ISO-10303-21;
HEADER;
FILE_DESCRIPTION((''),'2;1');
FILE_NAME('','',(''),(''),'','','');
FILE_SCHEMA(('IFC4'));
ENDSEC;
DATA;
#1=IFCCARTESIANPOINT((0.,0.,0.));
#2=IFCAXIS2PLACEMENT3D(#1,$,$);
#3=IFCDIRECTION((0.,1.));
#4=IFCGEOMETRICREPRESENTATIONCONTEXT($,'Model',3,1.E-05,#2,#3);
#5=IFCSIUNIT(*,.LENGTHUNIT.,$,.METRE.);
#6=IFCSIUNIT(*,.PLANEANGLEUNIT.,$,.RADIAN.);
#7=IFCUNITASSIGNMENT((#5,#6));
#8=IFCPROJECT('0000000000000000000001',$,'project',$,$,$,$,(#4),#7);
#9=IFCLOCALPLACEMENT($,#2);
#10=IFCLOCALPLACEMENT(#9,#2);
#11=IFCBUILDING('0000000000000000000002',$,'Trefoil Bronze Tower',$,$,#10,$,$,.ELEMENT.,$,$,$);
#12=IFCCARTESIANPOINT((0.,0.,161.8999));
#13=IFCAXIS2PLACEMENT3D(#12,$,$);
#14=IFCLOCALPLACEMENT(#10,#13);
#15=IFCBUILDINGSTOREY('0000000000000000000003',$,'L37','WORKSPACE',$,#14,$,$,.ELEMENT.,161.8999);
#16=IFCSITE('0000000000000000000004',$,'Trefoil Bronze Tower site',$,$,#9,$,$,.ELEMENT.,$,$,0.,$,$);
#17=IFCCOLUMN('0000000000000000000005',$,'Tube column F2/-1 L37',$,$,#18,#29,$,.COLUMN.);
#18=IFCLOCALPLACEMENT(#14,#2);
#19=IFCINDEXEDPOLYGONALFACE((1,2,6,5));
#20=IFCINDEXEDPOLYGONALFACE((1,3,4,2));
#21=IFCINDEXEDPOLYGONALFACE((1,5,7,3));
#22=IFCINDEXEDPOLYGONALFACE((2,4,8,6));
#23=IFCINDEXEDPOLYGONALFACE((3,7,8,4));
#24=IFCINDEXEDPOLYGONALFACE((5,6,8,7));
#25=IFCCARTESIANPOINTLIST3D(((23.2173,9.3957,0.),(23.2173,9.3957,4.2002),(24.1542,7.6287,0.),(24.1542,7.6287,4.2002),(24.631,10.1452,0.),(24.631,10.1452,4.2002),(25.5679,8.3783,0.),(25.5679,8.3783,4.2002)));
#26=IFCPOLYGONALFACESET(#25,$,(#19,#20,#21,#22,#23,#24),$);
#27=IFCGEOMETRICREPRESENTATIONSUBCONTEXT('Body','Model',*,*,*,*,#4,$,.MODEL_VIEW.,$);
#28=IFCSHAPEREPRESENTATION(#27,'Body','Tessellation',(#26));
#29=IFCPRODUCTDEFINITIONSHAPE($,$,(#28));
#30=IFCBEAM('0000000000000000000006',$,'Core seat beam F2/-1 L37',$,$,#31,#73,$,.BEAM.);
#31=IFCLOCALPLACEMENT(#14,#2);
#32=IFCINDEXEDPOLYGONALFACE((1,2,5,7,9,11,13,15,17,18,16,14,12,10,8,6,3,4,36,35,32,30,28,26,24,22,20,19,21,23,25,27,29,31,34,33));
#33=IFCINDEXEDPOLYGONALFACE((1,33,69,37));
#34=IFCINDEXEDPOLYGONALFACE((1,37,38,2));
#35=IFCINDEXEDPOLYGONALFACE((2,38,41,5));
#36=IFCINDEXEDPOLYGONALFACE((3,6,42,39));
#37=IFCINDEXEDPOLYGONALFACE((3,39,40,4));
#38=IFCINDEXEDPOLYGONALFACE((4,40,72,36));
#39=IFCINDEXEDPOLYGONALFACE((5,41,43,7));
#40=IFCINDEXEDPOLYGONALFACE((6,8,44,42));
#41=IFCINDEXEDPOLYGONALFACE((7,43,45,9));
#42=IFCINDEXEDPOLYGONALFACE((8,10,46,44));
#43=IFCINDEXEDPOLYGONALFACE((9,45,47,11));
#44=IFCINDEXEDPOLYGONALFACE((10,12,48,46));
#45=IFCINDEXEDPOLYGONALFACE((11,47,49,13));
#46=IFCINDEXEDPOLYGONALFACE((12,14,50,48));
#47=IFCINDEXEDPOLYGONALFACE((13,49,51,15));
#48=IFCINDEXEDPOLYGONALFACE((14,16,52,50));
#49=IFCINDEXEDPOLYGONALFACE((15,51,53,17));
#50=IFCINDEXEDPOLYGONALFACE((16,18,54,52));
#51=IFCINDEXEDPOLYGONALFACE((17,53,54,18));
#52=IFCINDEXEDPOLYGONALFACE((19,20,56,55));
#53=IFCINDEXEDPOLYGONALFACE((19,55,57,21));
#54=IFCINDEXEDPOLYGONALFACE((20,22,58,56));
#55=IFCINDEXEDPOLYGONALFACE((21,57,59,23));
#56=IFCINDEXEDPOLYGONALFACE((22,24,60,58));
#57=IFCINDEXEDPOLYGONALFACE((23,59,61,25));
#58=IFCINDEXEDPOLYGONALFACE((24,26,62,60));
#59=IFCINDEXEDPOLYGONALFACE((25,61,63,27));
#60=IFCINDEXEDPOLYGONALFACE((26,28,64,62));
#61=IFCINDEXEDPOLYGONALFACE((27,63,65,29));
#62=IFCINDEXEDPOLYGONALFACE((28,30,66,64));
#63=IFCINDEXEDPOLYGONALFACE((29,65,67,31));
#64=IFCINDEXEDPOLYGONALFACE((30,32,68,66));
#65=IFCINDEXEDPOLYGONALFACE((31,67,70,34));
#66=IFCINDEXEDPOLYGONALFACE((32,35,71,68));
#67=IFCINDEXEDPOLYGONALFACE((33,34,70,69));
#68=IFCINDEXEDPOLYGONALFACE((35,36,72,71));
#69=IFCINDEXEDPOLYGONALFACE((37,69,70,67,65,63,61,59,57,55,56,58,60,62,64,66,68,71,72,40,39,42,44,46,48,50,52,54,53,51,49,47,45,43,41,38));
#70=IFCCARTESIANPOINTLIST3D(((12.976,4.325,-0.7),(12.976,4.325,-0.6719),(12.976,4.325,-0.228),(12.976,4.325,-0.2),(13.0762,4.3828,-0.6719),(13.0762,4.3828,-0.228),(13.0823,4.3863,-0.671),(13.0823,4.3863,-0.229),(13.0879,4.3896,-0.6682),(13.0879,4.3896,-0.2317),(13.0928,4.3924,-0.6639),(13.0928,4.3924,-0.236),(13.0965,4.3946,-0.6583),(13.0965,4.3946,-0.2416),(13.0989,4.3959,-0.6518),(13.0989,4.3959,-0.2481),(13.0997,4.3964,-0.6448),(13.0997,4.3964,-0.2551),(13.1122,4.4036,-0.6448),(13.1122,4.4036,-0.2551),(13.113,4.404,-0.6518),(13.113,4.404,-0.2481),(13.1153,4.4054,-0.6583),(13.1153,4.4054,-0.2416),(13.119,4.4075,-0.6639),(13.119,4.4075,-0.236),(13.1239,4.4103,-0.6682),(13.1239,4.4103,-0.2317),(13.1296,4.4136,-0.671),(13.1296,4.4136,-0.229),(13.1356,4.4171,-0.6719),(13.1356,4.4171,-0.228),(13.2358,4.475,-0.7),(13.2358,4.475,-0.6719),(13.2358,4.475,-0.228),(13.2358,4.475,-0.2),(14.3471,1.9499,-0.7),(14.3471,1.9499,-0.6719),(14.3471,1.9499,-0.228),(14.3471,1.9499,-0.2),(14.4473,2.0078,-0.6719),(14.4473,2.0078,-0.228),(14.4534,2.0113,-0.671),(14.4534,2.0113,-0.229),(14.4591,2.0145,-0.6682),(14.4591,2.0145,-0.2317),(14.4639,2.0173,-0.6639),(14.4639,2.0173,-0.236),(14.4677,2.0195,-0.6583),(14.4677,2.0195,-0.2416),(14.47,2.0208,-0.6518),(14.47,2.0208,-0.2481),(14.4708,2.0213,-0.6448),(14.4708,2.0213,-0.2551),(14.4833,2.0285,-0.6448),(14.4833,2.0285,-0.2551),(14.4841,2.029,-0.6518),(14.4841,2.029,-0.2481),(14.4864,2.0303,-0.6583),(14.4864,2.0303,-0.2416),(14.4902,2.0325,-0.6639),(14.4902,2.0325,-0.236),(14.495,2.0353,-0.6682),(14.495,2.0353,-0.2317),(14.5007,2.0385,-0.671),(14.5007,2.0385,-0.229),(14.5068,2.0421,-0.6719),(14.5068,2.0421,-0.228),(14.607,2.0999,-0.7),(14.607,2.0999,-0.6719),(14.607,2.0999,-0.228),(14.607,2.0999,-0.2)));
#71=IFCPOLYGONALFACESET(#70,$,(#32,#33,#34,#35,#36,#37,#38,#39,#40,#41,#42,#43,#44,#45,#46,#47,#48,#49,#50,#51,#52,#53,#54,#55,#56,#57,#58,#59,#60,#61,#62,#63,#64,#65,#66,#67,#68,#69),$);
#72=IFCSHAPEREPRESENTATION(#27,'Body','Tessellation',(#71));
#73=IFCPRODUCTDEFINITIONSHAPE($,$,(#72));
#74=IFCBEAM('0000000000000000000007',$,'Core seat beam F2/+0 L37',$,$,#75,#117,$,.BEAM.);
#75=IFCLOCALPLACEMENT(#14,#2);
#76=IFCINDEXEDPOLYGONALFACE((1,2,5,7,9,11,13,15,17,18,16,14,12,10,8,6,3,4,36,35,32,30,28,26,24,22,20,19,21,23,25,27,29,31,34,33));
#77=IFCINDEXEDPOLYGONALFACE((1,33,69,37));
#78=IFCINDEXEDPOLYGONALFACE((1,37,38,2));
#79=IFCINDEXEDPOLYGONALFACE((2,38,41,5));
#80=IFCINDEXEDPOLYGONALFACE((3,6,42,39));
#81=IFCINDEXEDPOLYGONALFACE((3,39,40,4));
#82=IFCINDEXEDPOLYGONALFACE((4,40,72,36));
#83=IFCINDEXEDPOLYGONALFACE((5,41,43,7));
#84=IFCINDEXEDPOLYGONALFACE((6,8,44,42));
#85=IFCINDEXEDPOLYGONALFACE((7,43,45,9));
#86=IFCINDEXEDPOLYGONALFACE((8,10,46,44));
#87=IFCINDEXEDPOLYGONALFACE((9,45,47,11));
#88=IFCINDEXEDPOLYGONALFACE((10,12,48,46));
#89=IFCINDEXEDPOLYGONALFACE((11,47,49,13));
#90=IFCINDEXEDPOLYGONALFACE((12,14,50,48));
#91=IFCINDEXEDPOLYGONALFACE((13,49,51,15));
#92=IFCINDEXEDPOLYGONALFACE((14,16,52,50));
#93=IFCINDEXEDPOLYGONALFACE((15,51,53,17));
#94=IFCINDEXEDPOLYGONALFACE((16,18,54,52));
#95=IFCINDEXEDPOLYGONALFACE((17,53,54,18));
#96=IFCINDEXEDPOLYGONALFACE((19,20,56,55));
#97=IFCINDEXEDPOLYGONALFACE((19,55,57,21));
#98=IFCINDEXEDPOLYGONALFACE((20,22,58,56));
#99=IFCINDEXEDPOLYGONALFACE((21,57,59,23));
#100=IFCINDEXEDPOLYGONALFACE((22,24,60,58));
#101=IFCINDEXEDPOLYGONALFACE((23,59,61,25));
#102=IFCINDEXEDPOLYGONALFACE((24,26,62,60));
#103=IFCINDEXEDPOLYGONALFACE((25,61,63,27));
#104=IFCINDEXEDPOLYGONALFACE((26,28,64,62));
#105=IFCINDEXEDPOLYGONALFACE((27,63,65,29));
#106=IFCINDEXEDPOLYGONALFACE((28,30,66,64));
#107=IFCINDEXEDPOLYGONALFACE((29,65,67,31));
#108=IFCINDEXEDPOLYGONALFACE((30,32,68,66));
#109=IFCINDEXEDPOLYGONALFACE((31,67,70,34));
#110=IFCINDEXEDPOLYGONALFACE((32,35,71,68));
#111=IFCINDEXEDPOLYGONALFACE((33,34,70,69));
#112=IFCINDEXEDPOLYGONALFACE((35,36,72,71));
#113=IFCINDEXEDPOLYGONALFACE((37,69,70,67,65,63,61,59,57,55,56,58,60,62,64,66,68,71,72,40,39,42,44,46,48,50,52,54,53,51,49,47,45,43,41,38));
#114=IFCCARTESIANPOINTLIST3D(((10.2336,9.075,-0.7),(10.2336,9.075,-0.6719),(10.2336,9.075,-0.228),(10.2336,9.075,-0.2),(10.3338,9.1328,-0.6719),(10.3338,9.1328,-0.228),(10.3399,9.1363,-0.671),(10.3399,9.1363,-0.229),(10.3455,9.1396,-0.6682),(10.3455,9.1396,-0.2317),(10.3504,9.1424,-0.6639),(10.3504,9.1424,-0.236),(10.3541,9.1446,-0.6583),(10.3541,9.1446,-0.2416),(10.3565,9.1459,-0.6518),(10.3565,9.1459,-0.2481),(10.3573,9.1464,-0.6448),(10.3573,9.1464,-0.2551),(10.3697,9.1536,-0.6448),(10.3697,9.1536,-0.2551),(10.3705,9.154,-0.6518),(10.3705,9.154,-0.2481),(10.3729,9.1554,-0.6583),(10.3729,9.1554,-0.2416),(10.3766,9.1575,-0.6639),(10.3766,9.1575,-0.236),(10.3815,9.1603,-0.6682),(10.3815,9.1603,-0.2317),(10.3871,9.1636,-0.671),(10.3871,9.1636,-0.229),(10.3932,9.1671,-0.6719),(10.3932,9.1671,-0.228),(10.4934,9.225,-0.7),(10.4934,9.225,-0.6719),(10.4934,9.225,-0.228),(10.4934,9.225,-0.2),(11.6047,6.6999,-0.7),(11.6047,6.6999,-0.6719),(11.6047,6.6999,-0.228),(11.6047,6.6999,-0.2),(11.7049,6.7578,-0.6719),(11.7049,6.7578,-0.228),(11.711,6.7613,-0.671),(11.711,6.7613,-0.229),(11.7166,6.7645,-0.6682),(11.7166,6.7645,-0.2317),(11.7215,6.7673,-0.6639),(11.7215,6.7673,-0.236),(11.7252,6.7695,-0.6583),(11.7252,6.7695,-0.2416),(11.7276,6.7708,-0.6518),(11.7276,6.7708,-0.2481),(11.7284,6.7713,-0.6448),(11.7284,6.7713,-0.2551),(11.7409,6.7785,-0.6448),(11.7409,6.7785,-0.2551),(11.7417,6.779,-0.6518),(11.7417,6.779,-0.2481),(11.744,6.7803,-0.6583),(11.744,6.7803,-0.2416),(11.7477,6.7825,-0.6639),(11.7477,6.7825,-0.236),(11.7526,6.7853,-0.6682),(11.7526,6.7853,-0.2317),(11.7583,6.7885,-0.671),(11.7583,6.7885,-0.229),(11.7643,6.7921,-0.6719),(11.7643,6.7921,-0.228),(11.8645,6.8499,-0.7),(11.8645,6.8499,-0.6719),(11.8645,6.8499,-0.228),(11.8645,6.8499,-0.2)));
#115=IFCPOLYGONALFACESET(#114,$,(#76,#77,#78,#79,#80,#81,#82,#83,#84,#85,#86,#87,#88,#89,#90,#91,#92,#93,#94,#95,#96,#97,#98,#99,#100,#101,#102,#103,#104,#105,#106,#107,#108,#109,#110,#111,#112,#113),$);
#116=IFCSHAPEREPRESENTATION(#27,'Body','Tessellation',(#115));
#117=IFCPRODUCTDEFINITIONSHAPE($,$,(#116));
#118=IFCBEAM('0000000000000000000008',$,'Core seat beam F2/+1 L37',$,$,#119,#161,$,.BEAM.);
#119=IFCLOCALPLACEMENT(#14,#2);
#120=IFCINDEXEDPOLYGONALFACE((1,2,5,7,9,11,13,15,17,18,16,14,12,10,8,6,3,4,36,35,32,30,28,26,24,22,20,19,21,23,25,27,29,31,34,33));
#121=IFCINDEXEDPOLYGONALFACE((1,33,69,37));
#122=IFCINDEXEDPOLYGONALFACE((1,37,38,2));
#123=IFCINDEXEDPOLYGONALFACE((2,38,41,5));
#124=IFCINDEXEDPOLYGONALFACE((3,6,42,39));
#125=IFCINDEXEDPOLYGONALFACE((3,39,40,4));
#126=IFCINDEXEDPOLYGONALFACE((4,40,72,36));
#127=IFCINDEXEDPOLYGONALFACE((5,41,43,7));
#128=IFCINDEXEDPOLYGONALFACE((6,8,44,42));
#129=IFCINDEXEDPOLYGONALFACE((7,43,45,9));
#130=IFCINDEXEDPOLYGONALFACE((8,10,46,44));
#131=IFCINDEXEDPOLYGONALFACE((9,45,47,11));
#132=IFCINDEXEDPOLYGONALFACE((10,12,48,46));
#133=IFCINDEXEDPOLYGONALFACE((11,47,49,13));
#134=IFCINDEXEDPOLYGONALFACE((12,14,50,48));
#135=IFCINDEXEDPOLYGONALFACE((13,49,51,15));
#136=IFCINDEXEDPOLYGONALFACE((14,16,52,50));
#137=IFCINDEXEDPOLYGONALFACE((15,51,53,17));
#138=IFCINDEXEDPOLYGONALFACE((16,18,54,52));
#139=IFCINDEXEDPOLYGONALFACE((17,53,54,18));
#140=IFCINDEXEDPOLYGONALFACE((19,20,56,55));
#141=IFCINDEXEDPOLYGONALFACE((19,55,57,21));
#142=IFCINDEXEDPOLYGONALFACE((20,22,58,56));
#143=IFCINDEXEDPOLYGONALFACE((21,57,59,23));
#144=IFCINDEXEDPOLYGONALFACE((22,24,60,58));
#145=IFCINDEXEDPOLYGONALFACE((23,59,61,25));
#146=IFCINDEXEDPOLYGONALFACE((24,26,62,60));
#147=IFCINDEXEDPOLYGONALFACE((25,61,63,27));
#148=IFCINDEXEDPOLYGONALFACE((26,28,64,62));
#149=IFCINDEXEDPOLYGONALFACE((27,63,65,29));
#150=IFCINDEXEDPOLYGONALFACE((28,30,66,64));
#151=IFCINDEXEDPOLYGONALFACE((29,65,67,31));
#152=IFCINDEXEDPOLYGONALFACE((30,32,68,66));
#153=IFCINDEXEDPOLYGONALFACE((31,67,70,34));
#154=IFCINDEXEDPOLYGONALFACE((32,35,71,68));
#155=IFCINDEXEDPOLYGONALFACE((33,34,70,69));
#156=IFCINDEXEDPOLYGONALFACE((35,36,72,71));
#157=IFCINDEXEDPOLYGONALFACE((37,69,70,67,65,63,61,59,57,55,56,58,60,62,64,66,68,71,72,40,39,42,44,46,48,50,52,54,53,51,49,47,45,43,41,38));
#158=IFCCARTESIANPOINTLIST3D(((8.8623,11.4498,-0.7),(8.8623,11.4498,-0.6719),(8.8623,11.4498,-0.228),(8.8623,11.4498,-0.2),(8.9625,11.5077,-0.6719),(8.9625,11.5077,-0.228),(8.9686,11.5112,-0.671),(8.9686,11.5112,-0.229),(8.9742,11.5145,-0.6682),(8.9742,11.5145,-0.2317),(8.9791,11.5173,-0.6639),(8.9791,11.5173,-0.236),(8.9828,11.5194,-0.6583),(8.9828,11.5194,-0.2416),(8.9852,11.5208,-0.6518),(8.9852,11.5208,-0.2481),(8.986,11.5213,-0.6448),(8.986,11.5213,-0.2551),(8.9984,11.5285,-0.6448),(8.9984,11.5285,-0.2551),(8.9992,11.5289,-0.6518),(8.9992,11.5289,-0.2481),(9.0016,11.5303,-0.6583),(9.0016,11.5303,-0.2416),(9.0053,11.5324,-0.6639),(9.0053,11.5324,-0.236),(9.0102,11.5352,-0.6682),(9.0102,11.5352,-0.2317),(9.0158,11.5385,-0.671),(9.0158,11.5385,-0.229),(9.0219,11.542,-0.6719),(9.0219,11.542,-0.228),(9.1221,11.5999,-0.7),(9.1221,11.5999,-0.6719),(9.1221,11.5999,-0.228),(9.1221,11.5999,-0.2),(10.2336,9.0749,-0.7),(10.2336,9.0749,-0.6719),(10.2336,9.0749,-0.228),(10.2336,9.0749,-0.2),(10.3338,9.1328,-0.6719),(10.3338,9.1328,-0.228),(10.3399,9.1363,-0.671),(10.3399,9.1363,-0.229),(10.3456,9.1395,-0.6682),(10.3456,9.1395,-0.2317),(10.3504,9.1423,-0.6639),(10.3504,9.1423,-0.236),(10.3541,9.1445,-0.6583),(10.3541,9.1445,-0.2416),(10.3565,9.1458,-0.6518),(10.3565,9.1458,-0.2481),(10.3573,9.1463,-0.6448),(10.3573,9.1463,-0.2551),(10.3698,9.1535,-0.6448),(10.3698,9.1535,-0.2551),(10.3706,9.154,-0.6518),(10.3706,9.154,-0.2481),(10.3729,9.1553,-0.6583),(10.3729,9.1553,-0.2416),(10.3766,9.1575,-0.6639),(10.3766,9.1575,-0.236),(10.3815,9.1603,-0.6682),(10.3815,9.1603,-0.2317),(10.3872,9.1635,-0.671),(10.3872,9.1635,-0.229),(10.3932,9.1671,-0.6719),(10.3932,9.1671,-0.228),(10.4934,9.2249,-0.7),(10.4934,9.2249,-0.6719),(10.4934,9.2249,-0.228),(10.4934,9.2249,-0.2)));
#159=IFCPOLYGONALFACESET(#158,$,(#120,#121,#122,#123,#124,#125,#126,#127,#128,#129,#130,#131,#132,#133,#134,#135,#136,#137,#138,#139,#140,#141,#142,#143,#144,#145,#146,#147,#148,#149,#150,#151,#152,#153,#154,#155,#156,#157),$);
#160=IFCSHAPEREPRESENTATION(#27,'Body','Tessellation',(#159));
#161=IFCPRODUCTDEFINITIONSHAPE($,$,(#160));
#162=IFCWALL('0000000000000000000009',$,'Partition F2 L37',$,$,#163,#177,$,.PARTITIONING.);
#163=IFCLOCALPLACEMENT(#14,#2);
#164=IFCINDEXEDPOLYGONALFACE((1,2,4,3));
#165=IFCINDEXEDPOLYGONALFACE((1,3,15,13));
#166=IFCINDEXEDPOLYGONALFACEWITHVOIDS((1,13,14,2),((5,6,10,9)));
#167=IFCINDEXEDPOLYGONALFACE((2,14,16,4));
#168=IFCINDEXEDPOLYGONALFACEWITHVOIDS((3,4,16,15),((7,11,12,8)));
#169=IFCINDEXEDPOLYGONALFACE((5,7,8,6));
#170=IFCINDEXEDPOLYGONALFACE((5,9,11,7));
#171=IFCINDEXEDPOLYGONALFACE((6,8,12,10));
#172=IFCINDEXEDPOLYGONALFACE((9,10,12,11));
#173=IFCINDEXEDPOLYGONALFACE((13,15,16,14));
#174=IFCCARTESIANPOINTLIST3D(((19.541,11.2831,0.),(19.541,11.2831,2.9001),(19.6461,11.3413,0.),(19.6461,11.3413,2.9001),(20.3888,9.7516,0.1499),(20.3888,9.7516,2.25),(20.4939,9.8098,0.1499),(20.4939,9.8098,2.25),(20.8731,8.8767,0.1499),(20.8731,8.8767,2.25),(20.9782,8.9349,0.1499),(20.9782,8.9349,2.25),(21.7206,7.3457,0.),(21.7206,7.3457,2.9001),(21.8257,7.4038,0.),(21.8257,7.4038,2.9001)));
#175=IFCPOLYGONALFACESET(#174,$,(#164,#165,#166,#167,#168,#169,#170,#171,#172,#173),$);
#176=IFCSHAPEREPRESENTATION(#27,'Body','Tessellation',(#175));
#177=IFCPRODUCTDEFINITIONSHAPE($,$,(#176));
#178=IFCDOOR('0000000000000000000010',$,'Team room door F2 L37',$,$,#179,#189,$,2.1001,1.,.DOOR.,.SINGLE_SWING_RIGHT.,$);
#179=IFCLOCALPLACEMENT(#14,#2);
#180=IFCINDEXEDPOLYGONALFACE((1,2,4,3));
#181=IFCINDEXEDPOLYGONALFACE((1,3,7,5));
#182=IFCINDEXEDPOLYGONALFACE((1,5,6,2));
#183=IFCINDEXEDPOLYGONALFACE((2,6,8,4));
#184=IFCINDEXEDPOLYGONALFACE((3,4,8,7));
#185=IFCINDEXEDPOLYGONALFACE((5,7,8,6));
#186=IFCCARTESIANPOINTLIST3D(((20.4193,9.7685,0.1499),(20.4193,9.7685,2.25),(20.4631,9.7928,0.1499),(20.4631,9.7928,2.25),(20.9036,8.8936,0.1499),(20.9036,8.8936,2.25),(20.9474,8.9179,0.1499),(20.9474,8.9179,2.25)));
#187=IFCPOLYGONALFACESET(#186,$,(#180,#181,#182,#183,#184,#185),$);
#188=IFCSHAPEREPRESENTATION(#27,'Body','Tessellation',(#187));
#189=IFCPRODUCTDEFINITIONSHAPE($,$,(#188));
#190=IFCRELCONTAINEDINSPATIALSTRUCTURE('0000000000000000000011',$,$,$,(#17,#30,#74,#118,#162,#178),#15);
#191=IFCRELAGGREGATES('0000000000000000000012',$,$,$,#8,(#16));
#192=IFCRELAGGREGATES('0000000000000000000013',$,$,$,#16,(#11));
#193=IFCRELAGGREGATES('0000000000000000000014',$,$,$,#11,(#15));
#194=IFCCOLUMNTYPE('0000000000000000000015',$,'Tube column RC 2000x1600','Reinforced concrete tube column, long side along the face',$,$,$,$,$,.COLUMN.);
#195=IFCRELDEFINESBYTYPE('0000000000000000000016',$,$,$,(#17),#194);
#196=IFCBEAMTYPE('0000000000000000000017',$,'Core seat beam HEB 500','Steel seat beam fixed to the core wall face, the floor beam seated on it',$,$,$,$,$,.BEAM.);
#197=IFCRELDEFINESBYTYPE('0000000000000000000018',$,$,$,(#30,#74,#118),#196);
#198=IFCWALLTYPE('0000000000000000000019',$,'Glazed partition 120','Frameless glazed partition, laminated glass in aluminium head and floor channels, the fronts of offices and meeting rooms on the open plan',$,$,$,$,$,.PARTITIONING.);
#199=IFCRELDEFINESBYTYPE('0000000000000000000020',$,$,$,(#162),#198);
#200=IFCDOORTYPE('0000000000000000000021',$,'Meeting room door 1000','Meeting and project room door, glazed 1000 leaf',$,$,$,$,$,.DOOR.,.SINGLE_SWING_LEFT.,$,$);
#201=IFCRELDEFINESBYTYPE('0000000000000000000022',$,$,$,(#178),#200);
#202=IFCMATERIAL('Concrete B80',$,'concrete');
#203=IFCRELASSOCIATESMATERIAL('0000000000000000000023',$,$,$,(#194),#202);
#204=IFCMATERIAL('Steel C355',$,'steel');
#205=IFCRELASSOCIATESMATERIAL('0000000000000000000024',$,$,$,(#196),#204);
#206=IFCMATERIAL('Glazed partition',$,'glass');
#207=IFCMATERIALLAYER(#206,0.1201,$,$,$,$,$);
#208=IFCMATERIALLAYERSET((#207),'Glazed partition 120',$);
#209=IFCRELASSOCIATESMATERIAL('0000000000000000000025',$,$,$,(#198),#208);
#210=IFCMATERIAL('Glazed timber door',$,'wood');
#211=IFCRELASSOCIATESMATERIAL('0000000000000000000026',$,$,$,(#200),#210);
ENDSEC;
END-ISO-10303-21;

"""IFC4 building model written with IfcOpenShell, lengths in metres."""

from ifc_helpers import new_model, si_unit, direction, frame, frame_2d, origin, origin_2d, place, context, subcontext, project, spatial, rectangle, i_section, extrude, material, layer, layer_set, material_profile, profile_set, type_object, element, fill, save


model = new_model("IFC4")

# Units and contexts
model_context = context("Model", 3, precision=1e-05, world=origin(), true_north=direction((0.0, 1.0)))
body_context = subcontext(model_context, "Body", "Model", "MODEL_VIEW")
ifc_project = project(units=[si_unit("LENGTHUNIT", "METRE"), si_unit("PLANEANGLEUNIT", "RADIAN")], contexts=[model_context])

# Site, building, storey
site_placement = place(None, origin())
site = spatial("IfcSite", under=ifc_project, at=site_placement, Name="Trefoil Bronze Tower site", CompositionType="ELEMENT", RefElevation=0.0)
building_placement = place(site_placement, origin())
building = spatial("IfcBuilding", under=site, at=building_placement, Name="Trefoil Bronze Tower", CompositionType="ELEMENT")
storey_placement = place(building_placement, frame((0.0, 0.0, 161.8999)))
storey = spatial("IfcBuildingStorey", under=building, at=storey_placement, Name="L37", Description="WORKSPACE", CompositionType="ELEMENT", Elevation=161.8999)

# Column
ifc_material_1 = material(Name="Concrete B80", Category="concrete")
ifc_material_profile_1 = material_profile(ifc_material_1, rectangle(XDim=2.0, YDim=1.6001, at=origin_2d()), Name="RC 2000x1600")
ifc_profile_set_1 = profile_set([ifc_material_profile_1], Name="Concrete B80")
column_type = type_object("IfcColumnType", Name="Tube column RC 2000x1600", Description="Reinforced concrete tube column, long side along the face", PredefinedType="COLUMN", material=ifc_profile_set_1)
column_placement = place(storey_placement, frame((24.3926, 8.887, 0.0), z_axis=(0.0, 0.0, 1.0), x_axis=(-0.468457, 0.883486, 0.0)))
element("IfcColumn", 1, at=column_placement, inside=storey, type_object=column_type, Name="Tube column F2/-1 L37", PredefinedType="COLUMN", context=body_context, shape_type="SweptSolid", body=[
    extrude(rectangle(XDim=2.0, YDim=1.6001, at=origin_2d()), origin(), (0.0, 0.0, 1.0), 4.2002),
])

# Beams
ifc_material_2 = material(Name="Steel C355", Category="steel")
ifc_material_profile_2 = material_profile(ifc_material_2, i_section(OverallWidth=0.3, OverallDepth=0.5, WebThickness=0.0144, FlangeThickness=0.0281, FilletRadius=0.0271, at=origin_2d()), Name="HEB 500")
ifc_profile_set_2 = profile_set([ifc_material_profile_2], Name="Steel C355")
beam_type = type_object("IfcBeamType", Name="Core seat beam HEB 500", Description="Steel seat beam fixed to the core wall face, the floor beam seated on it", PredefinedType="BEAM", material=ifc_profile_set_2)
for number, where, z_axis, x_axis, name in (
    (2, (14.4771, 2.0249, -0.45), (-0.499969, 0.866043, 0.0), (-0.866043, -0.499969, 0.0), "Core seat beam F2/-1 L37"),
    (3, (11.7346, 6.7749, -0.45), (-0.499969, 0.866043, 0.0), (-0.866043, -0.499969, 0.0), "Core seat beam F2/+0 L37"),
    (4, (10.3635, 9.1499, -0.45), (-0.500036, 0.866005, 0.0), (-0.866005, -0.500036, 0.0), "Core seat beam F2/+1 L37"),
):
    element("IfcBeam", number, at=place(storey_placement, frame(where, z_axis=z_axis, x_axis=x_axis)), inside=storey, type_object=beam_type, Name=name, PredefinedType="BEAM", context=body_context, shape_type="SweptSolid", body=[
        extrude(i_section(OverallWidth=0.3, OverallDepth=0.5, WebThickness=0.0144, FlangeThickness=0.0281, FilletRadius=0.0271, at=origin_2d()), origin(), (0.0, 0.0, 1.0), 2.7424),
    ])

# Wall, opening, door
ifc_material_3 = material(Name="Glazed partition", Category="glass")
ifc_layer_1 = layer(ifc_material_3, 0.1201)
ifc_layer_set_1 = layer_set([ifc_layer_1], Name="Glazed partition 120")
wall_type_1 = type_object("IfcWallType", Name="Glazed partition 120", Description="Frameless glazed partition, laminated glass in aluminium head and floor channels, the fronts of offices and meeting rooms on the open plan", PredefinedType="PARTITIONING", material=ifc_layer_set_1)
wall_1_placement = place(storey_placement, frame((21.7732, 7.3748, 0.0), z_axis=(0.0, 0.0, 1.0), x_axis=(-0.484316, 0.874893, 0.0)))
wall_1 = element("IfcWall", 5, at=wall_1_placement, inside=storey, type_object=wall_type_1, Name="Partition F2 L37", PredefinedType="PARTITIONING", context=body_context, shape_type="SweptSolid", body=[
    extrude(rectangle(XDim=4.5005, YDim=0.1201, at=frame_2d((2.2502, 0.0))), origin(), (0.0, 0.0, 1.0), 2.9001),
])
opening_1_placement = place(wall_1_placement, frame((1.75, 0.0, 0.1499)))
opening_1 = element("IfcOpeningElement", 6, at=opening_1_placement, cuts=wall_1, PredefinedType="OPENING", context=body_context, shape_type="SweptSolid", body=[
    extrude(rectangle(XDim=1.0, YDim=2.1001, at=frame_2d((0.5, 1.05))), frame((0.0, 0.0701, 0.0), z_axis=(0.0, -1.0, 0.0), x_axis=(1.0, 0.0, 0.0)), (0.0, 0.0, 1.0), 0.1401),
])
ifc_material_4 = material(Name="Glazed timber door", Category="wood")
door_type_1 = type_object("IfcDoorType", Name="Meeting room door 1000", Description="Meeting and project room door, glazed 1000 leaf", OperationType="SINGLE_SWING_LEFT", PredefinedType="DOOR", material=ifc_material_4)
door_1_placement = place(opening_1_placement, frame((1.0, 0.0, 0.0), z_axis=(0.0, 0.0, 1.0), x_axis=(-1.0, 0.0, 0.0)))
door_1 = element("IfcDoor", 7, at=door_1_placement, inside=storey, type_object=door_type_1, Name="Team room door F2 L37", OperationType="SINGLE_SWING_RIGHT", OverallHeight=2.1001, OverallWidth=1.0, PredefinedType="DOOR", context=body_context, shape_type="SweptSolid", body=[
    extrude(rectangle(XDim=1.0, YDim=2.1001, at=frame_2d((0.5, 1.05))), frame((0.0, 0.0249, 0.0), z_axis=(0.0, -1.0, 0.0), x_axis=(1.0, 0.0, 0.0)), (0.0, 0.0, 1.0), 0.05),
])
fill(opening_1, door_1)

save(model, "model.ifc")
